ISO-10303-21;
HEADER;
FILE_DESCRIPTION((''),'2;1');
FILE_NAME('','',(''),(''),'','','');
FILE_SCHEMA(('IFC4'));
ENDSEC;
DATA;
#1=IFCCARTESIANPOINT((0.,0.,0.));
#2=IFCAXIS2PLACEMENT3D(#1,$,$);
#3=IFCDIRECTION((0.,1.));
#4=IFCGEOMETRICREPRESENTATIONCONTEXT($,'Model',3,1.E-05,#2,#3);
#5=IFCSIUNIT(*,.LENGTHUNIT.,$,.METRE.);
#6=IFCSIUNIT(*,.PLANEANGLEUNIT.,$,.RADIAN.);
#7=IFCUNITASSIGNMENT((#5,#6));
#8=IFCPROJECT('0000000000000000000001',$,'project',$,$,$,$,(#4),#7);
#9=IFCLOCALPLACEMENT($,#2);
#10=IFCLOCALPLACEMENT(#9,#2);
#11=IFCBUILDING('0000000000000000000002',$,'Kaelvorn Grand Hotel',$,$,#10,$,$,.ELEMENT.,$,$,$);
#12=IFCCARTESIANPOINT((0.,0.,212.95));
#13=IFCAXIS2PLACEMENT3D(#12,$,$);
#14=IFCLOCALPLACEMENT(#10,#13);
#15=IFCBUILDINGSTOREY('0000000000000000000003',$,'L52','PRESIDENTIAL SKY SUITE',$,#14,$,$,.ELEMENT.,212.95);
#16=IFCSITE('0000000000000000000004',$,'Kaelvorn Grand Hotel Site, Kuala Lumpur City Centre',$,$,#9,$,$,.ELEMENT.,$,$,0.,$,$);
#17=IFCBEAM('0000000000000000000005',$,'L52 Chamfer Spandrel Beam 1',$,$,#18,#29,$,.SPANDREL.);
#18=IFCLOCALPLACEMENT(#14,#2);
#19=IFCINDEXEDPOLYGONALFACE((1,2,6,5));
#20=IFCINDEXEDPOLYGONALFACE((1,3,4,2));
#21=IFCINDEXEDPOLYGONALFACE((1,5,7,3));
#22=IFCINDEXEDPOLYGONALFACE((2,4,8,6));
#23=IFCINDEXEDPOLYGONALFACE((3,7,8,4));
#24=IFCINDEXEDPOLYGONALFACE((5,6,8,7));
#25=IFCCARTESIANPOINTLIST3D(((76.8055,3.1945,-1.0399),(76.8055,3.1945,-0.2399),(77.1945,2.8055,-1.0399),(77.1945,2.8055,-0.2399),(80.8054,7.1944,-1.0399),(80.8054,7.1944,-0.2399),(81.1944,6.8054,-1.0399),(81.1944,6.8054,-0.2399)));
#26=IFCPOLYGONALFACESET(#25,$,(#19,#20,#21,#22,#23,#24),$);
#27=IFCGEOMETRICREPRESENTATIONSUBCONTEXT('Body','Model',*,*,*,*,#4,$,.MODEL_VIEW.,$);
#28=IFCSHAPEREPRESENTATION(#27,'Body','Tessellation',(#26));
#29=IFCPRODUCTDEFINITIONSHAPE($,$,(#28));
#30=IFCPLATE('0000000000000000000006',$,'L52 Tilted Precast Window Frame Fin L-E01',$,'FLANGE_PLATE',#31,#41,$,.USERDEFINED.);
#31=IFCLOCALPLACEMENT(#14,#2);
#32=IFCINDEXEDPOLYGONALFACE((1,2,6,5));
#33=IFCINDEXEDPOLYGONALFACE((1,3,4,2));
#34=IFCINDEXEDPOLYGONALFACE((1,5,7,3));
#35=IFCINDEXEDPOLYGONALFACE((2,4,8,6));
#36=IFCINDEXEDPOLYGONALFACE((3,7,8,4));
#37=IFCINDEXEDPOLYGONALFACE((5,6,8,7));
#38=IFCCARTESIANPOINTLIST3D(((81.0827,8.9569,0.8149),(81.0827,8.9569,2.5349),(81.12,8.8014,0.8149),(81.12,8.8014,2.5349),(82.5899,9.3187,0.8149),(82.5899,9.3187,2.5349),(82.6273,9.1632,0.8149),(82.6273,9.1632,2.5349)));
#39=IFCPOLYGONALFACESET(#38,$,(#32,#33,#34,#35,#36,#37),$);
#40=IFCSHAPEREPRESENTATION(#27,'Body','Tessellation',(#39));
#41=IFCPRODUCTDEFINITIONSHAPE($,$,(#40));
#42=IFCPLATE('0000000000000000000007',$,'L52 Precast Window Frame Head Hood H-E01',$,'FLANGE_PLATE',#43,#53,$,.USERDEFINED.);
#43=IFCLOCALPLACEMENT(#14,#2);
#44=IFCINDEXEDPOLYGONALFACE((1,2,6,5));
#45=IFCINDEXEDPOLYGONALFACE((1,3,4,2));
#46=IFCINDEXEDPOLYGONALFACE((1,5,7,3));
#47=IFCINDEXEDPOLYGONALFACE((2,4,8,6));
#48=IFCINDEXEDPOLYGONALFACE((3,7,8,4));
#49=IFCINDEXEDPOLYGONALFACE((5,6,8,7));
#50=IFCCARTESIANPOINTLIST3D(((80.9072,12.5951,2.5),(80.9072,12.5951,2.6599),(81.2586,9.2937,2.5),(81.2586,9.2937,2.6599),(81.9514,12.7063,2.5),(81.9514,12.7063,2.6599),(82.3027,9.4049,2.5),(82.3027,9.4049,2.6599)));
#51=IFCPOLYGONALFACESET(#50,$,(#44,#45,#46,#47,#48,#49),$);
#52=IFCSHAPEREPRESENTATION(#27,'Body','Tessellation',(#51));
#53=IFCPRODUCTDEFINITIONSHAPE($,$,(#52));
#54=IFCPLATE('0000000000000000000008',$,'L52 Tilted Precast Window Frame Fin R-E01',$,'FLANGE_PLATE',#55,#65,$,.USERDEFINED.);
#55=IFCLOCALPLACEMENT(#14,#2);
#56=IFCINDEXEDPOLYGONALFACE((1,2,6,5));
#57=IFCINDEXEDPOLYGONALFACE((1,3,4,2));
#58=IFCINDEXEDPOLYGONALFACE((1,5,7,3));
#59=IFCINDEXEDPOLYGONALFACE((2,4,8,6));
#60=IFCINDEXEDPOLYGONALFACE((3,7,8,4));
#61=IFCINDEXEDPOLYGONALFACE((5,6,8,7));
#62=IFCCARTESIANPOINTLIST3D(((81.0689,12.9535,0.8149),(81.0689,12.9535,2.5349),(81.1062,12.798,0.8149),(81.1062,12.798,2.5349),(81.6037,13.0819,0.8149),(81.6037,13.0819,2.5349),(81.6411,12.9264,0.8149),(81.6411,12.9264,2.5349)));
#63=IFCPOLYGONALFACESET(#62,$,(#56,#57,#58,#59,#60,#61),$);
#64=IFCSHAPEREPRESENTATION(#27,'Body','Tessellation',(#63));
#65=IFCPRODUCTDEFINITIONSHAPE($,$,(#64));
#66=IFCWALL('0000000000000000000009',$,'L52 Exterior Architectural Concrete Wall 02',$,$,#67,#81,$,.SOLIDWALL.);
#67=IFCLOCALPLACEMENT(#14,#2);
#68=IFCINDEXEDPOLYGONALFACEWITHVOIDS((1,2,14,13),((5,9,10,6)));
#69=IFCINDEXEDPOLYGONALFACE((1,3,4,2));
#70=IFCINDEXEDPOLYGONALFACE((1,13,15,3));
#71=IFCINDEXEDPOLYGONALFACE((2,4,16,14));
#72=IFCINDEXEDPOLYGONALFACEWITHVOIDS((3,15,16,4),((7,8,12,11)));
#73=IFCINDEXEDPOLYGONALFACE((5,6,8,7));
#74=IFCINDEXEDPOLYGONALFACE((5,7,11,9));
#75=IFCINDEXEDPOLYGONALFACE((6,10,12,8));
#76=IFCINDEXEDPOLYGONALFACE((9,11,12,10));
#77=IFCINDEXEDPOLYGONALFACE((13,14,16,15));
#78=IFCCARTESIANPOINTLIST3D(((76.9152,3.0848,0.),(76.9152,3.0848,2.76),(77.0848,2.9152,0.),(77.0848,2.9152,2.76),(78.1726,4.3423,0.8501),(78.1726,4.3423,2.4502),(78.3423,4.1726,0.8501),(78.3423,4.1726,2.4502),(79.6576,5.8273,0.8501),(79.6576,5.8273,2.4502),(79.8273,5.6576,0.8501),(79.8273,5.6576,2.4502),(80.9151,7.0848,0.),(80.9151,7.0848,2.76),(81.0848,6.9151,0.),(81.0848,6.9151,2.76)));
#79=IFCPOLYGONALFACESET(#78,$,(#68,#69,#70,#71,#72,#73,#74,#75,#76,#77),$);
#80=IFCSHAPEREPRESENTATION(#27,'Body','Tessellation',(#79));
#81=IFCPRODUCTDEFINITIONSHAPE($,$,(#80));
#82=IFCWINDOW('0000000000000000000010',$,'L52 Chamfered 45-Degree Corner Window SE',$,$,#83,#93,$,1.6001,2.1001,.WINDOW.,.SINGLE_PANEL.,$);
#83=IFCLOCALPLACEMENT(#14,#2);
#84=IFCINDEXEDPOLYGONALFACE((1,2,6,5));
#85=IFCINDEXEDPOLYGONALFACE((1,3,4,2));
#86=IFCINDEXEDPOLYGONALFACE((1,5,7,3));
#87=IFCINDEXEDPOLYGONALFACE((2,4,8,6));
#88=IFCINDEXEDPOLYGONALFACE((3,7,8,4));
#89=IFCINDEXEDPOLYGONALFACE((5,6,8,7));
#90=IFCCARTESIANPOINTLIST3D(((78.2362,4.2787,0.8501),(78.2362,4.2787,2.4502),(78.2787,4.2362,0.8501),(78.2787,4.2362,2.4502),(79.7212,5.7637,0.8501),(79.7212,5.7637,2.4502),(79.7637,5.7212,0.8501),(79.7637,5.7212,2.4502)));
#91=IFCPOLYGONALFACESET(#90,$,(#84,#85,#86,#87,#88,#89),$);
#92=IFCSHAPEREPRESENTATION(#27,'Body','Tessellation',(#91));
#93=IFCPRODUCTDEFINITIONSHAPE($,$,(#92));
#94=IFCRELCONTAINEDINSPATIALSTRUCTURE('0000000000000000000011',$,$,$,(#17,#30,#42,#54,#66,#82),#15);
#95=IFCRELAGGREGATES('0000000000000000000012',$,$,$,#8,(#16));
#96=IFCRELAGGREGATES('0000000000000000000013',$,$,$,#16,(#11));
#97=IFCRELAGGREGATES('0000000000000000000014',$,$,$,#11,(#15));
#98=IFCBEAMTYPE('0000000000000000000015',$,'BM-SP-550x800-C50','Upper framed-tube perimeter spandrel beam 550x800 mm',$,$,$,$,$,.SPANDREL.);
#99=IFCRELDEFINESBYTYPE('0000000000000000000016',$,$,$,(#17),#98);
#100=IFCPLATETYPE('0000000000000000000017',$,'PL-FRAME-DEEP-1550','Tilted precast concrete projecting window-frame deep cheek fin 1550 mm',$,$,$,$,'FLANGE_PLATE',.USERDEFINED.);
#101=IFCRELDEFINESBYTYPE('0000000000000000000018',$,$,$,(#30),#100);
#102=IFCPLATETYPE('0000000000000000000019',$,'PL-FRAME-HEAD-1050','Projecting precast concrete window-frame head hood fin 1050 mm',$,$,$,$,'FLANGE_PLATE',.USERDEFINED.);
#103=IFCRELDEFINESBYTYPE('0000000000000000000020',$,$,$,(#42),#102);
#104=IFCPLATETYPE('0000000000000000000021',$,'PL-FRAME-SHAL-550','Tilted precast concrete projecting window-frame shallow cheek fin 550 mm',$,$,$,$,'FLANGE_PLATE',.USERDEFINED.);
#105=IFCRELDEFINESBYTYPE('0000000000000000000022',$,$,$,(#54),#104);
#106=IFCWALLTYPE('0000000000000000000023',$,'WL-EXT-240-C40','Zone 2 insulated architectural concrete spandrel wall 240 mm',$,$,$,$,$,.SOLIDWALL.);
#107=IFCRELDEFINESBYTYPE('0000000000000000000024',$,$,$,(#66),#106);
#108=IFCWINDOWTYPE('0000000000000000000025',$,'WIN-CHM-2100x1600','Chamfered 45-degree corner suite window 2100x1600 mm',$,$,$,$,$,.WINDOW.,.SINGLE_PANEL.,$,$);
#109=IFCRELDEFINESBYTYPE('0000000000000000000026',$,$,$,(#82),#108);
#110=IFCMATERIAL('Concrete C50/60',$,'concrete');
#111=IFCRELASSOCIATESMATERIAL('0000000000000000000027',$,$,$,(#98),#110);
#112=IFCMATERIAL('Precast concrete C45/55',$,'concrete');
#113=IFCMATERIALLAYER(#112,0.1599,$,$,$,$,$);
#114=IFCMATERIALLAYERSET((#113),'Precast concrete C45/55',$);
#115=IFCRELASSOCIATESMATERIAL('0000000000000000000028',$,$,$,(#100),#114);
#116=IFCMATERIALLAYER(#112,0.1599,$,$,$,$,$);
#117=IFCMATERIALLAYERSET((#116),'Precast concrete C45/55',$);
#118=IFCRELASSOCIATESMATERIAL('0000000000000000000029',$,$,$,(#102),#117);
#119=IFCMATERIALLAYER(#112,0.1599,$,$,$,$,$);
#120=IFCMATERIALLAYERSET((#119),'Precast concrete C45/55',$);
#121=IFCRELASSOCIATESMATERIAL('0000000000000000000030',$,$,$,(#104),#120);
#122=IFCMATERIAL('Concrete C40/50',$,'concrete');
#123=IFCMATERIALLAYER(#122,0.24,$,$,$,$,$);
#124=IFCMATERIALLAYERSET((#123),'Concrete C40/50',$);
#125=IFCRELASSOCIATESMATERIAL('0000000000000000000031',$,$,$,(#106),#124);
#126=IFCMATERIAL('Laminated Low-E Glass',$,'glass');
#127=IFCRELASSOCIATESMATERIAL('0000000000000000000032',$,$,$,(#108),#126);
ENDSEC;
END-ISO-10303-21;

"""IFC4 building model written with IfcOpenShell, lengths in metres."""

from ifc_helpers import new_model, si_unit, direction, frame, frame_2d, origin, origin_2d, place, context, subcontext, project, spatial, rectangle, extrude, material, layer, layer_set, material_profile, profile_set, type_object, element, fill, save


model = new_model("IFC4")

# Units and contexts
model_context = context("Model", 3, precision=1e-05, world=origin(), true_north=direction((0.0, 1.0)))
body_context = subcontext(model_context, "Body", "Model", "MODEL_VIEW")
ifc_project = project(units=[si_unit("LENGTHUNIT", "METRE"), si_unit("PLANEANGLEUNIT", "RADIAN")], contexts=[model_context])

# Site, building, storey
site_placement = place(None, origin())
site = spatial("IfcSite", under=ifc_project, at=site_placement, Name="Kaelvorn Grand Hotel Site, Kuala Lumpur City Centre", CompositionType="ELEMENT", RefElevation=0.0)
building_placement = place(site_placement, origin())
building = spatial("IfcBuilding", under=site, at=building_placement, Name="Kaelvorn Grand Hotel", CompositionType="ELEMENT")
storey_placement = place(building_placement, frame((0.0, 0.0, 212.95)))
storey = spatial("IfcBuildingStorey", under=building, at=storey_placement, Name="L52", Description="PRESIDENTIAL SKY SUITE", CompositionType="ELEMENT", Elevation=212.95)

# Beam
ifc_material_1 = material(Name="Concrete C40/50", Category="concrete")
ifc_material_2 = material(Name="Concrete C50/60", Category="concrete")
ifc_material_profile_1 = material_profile(ifc_material_2, rectangle(XDim=0.55, YDim=0.8, at=origin_2d()), Name="RC SPANDREL 550x800")
ifc_profile_set_1 = profile_set([ifc_material_profile_1], Name="Concrete C50/60")
beam_type_1 = type_object("IfcBeamType", Name="BM-SP-550x800-C50", Description="Upper framed-tube perimeter spandrel beam 550x800 mm", PredefinedType="SPANDREL", material=ifc_profile_set_1)
beam_1_placement = place(storey_placement, frame((77.0, 3.0, -0.6399), z_axis=(0.707107, 0.707107, 0.0), x_axis=(-0.707107, 0.707107, 0.0)))
element("IfcBeam", 1, at=beam_1_placement, inside=storey, type_object=beam_type_1, Name="L52 Chamfer Spandrel Beam 1", PredefinedType="SPANDREL", context=body_context, shape_type="SweptSolid", body=[
    extrude(rectangle(XDim=0.55, YDim=0.8, at=origin_2d()), origin(), (0.0, 0.0, 1.0), 5.6567),
])

# Plates
ifc_material_3 = material(Name="Precast concrete C45/55", Category="concrete")
ifc_layer_1 = layer(ifc_material_3, 0.1599)
ifc_layer_set_1 = layer_set([ifc_layer_1], Name="Precast concrete C45/55")
plate_type_1 = type_object("IfcPlateType", Name="PL-FRAME-DEEP-1550", Description="Tilted precast concrete projecting window-frame deep cheek fin 1550 mm", ElementType="FLANGE_PLATE", PredefinedType="USERDEFINED", material=ifc_layer_set_1)
plate_1_placement = place(storey_placement, frame((81.855, 9.0601, 0.8149), z_axis=(0.0, 0.0, 1.0), x_axis=(-0.233445, 0.97237, 0.0)))
element("IfcPlate", 2, at=plate_1_placement, inside=storey, type_object=plate_type_1, Name="L52 Tilted Precast Window Frame Fin L-E01", ObjectType="FLANGE_PLATE", PredefinedType="USERDEFINED", context=body_context, shape_type="SweptSolid", body=[
    extrude(rectangle(XDim=0.1599, YDim=1.55, at=origin_2d()), origin(), (0.0, 0.0, 1.0), 1.72),
])
ifc_layer_2 = layer(ifc_material_3, 0.1599)
ifc_layer_set_2 = layer_set([ifc_layer_2], Name="Precast concrete C45/55")
plate_type_2 = type_object("IfcPlateType", Name="PL-FRAME-HEAD-1050", Description="Projecting precast concrete window-frame head hood fin 1050 mm", ElementType="FLANGE_PLATE", PredefinedType="USERDEFINED", material=ifc_layer_set_2)
plate_2_placement = place(storey_placement, frame((81.605, 11.0, 2.5), z_axis=(0.0, 0.0, 1.0), x_axis=(-0.10583, 0.994384, 0.0)))
element("IfcPlate", 3, at=plate_2_placement, inside=storey, type_object=plate_type_2, Name="L52 Precast Window Frame Head Hood H-E01", ObjectType="FLANGE_PLATE", PredefinedType="USERDEFINED", context=body_context, shape_type="SweptSolid", body=[
    extrude(rectangle(XDim=3.3201, YDim=1.05, at=origin_2d()), origin(), (0.0, 0.0, 1.0), 0.1599),
])
ifc_layer_3 = layer(ifc_material_3, 0.1599)
ifc_layer_set_3 = layer_set([ifc_layer_3], Name="Precast concrete C45/55")
plate_type_3 = type_object("IfcPlateType", Name="PL-FRAME-SHAL-550", Description="Tilted precast concrete projecting window-frame shallow cheek fin 550 mm", ElementType="FLANGE_PLATE", PredefinedType="USERDEFINED", material=ifc_layer_set_3)
plate_3_placement = place(storey_placement, frame((81.355, 12.9399, 0.8149), z_axis=(0.0, 0.0, 1.0), x_axis=(-0.233445, 0.97237, 0.0)))
element("IfcPlate", 4, at=plate_3_placement, inside=storey, type_object=plate_type_3, Name="L52 Tilted Precast Window Frame Fin R-E01", ObjectType="FLANGE_PLATE", PredefinedType="USERDEFINED", context=body_context, shape_type="SweptSolid", body=[
    extrude(rectangle(XDim=0.1599, YDim=0.55, at=origin_2d()), origin(), (0.0, 0.0, 1.0), 1.72),
])

# Wall, opening, window
ifc_layer_4 = layer(ifc_material_1, 0.24)
ifc_layer_set_4 = layer_set([ifc_layer_4], Name="Concrete C40/50")
wall_type_1 = type_object("IfcWallType", Name="WL-EXT-240-C40", Description="Zone 2 insulated architectural concrete spandrel wall 240 mm", PredefinedType="SOLIDWALL", material=ifc_layer_set_4)
wall_1_placement = place(storey_placement, frame((77.0, 3.0, 0.0), z_axis=(0.0, 0.0, 1.0), x_axis=(0.707107, 0.707107, 0.0)))
wall_1 = element("IfcWall", 5, at=wall_1_placement, inside=storey, type_object=wall_type_1, Name="L52 Exterior Architectural Concrete Wall 02", PredefinedType="SOLIDWALL", context=body_context, shape_type="SweptSolid", body=[
    extrude(rectangle(XDim=5.6567, YDim=0.24, at=frame_2d((2.8284, 0.0))), origin(), (0.0, 0.0, 1.0), 2.76),
])
opening_1_placement = place(wall_1_placement, frame((1.7783, 0.0, 0.8501)))
opening_1 = element("IfcOpeningElement", 6, at=opening_1_placement, cuts=wall_1, PredefinedType="OPENING", context=body_context, shape_type="SweptSolid", body=[
    extrude(rectangle(XDim=2.1001, YDim=1.6001, at=frame_2d((1.05, 0.8))), frame((0.0, 0.1299, 0.0), z_axis=(0.0, -1.0, 0.0), x_axis=(1.0, 0.0, 0.0)), (0.0, 0.0, 1.0), 0.26),
])
ifc_material_4 = material(Name="Laminated Low-E Glass", Category="glass")
window_type_1 = type_object("IfcWindowType", Name="WIN-CHM-2100x1600", Description="Chamfered 45-degree corner suite window 2100x1600 mm", PartitioningType="SINGLE_PANEL", PredefinedType="WINDOW", material=ifc_material_4)
window_1_placement = place(opening_1_placement, origin())
window_1 = element("IfcWindow", 7, at=window_1_placement, inside=storey, type_object=window_type_1, Name="L52 Chamfered 45-Degree Corner Window SE", OverallHeight=1.6001, OverallWidth=2.1001, PartitioningType="SINGLE_PANEL", PredefinedType="WINDOW", context=body_context, shape_type="SweptSolid", body=[
    extrude(rectangle(XDim=2.1001, YDim=1.6001, at=frame_2d((1.05, 0.8))), frame((0.0, 0.03, 0.0), z_axis=(0.0, -1.0, 0.0), x_axis=(1.0, 0.0, 0.0)), (0.0, 0.0, 1.0), 0.0601),
])
fill(opening_1, window_1)

save(model, "model.ifc")
